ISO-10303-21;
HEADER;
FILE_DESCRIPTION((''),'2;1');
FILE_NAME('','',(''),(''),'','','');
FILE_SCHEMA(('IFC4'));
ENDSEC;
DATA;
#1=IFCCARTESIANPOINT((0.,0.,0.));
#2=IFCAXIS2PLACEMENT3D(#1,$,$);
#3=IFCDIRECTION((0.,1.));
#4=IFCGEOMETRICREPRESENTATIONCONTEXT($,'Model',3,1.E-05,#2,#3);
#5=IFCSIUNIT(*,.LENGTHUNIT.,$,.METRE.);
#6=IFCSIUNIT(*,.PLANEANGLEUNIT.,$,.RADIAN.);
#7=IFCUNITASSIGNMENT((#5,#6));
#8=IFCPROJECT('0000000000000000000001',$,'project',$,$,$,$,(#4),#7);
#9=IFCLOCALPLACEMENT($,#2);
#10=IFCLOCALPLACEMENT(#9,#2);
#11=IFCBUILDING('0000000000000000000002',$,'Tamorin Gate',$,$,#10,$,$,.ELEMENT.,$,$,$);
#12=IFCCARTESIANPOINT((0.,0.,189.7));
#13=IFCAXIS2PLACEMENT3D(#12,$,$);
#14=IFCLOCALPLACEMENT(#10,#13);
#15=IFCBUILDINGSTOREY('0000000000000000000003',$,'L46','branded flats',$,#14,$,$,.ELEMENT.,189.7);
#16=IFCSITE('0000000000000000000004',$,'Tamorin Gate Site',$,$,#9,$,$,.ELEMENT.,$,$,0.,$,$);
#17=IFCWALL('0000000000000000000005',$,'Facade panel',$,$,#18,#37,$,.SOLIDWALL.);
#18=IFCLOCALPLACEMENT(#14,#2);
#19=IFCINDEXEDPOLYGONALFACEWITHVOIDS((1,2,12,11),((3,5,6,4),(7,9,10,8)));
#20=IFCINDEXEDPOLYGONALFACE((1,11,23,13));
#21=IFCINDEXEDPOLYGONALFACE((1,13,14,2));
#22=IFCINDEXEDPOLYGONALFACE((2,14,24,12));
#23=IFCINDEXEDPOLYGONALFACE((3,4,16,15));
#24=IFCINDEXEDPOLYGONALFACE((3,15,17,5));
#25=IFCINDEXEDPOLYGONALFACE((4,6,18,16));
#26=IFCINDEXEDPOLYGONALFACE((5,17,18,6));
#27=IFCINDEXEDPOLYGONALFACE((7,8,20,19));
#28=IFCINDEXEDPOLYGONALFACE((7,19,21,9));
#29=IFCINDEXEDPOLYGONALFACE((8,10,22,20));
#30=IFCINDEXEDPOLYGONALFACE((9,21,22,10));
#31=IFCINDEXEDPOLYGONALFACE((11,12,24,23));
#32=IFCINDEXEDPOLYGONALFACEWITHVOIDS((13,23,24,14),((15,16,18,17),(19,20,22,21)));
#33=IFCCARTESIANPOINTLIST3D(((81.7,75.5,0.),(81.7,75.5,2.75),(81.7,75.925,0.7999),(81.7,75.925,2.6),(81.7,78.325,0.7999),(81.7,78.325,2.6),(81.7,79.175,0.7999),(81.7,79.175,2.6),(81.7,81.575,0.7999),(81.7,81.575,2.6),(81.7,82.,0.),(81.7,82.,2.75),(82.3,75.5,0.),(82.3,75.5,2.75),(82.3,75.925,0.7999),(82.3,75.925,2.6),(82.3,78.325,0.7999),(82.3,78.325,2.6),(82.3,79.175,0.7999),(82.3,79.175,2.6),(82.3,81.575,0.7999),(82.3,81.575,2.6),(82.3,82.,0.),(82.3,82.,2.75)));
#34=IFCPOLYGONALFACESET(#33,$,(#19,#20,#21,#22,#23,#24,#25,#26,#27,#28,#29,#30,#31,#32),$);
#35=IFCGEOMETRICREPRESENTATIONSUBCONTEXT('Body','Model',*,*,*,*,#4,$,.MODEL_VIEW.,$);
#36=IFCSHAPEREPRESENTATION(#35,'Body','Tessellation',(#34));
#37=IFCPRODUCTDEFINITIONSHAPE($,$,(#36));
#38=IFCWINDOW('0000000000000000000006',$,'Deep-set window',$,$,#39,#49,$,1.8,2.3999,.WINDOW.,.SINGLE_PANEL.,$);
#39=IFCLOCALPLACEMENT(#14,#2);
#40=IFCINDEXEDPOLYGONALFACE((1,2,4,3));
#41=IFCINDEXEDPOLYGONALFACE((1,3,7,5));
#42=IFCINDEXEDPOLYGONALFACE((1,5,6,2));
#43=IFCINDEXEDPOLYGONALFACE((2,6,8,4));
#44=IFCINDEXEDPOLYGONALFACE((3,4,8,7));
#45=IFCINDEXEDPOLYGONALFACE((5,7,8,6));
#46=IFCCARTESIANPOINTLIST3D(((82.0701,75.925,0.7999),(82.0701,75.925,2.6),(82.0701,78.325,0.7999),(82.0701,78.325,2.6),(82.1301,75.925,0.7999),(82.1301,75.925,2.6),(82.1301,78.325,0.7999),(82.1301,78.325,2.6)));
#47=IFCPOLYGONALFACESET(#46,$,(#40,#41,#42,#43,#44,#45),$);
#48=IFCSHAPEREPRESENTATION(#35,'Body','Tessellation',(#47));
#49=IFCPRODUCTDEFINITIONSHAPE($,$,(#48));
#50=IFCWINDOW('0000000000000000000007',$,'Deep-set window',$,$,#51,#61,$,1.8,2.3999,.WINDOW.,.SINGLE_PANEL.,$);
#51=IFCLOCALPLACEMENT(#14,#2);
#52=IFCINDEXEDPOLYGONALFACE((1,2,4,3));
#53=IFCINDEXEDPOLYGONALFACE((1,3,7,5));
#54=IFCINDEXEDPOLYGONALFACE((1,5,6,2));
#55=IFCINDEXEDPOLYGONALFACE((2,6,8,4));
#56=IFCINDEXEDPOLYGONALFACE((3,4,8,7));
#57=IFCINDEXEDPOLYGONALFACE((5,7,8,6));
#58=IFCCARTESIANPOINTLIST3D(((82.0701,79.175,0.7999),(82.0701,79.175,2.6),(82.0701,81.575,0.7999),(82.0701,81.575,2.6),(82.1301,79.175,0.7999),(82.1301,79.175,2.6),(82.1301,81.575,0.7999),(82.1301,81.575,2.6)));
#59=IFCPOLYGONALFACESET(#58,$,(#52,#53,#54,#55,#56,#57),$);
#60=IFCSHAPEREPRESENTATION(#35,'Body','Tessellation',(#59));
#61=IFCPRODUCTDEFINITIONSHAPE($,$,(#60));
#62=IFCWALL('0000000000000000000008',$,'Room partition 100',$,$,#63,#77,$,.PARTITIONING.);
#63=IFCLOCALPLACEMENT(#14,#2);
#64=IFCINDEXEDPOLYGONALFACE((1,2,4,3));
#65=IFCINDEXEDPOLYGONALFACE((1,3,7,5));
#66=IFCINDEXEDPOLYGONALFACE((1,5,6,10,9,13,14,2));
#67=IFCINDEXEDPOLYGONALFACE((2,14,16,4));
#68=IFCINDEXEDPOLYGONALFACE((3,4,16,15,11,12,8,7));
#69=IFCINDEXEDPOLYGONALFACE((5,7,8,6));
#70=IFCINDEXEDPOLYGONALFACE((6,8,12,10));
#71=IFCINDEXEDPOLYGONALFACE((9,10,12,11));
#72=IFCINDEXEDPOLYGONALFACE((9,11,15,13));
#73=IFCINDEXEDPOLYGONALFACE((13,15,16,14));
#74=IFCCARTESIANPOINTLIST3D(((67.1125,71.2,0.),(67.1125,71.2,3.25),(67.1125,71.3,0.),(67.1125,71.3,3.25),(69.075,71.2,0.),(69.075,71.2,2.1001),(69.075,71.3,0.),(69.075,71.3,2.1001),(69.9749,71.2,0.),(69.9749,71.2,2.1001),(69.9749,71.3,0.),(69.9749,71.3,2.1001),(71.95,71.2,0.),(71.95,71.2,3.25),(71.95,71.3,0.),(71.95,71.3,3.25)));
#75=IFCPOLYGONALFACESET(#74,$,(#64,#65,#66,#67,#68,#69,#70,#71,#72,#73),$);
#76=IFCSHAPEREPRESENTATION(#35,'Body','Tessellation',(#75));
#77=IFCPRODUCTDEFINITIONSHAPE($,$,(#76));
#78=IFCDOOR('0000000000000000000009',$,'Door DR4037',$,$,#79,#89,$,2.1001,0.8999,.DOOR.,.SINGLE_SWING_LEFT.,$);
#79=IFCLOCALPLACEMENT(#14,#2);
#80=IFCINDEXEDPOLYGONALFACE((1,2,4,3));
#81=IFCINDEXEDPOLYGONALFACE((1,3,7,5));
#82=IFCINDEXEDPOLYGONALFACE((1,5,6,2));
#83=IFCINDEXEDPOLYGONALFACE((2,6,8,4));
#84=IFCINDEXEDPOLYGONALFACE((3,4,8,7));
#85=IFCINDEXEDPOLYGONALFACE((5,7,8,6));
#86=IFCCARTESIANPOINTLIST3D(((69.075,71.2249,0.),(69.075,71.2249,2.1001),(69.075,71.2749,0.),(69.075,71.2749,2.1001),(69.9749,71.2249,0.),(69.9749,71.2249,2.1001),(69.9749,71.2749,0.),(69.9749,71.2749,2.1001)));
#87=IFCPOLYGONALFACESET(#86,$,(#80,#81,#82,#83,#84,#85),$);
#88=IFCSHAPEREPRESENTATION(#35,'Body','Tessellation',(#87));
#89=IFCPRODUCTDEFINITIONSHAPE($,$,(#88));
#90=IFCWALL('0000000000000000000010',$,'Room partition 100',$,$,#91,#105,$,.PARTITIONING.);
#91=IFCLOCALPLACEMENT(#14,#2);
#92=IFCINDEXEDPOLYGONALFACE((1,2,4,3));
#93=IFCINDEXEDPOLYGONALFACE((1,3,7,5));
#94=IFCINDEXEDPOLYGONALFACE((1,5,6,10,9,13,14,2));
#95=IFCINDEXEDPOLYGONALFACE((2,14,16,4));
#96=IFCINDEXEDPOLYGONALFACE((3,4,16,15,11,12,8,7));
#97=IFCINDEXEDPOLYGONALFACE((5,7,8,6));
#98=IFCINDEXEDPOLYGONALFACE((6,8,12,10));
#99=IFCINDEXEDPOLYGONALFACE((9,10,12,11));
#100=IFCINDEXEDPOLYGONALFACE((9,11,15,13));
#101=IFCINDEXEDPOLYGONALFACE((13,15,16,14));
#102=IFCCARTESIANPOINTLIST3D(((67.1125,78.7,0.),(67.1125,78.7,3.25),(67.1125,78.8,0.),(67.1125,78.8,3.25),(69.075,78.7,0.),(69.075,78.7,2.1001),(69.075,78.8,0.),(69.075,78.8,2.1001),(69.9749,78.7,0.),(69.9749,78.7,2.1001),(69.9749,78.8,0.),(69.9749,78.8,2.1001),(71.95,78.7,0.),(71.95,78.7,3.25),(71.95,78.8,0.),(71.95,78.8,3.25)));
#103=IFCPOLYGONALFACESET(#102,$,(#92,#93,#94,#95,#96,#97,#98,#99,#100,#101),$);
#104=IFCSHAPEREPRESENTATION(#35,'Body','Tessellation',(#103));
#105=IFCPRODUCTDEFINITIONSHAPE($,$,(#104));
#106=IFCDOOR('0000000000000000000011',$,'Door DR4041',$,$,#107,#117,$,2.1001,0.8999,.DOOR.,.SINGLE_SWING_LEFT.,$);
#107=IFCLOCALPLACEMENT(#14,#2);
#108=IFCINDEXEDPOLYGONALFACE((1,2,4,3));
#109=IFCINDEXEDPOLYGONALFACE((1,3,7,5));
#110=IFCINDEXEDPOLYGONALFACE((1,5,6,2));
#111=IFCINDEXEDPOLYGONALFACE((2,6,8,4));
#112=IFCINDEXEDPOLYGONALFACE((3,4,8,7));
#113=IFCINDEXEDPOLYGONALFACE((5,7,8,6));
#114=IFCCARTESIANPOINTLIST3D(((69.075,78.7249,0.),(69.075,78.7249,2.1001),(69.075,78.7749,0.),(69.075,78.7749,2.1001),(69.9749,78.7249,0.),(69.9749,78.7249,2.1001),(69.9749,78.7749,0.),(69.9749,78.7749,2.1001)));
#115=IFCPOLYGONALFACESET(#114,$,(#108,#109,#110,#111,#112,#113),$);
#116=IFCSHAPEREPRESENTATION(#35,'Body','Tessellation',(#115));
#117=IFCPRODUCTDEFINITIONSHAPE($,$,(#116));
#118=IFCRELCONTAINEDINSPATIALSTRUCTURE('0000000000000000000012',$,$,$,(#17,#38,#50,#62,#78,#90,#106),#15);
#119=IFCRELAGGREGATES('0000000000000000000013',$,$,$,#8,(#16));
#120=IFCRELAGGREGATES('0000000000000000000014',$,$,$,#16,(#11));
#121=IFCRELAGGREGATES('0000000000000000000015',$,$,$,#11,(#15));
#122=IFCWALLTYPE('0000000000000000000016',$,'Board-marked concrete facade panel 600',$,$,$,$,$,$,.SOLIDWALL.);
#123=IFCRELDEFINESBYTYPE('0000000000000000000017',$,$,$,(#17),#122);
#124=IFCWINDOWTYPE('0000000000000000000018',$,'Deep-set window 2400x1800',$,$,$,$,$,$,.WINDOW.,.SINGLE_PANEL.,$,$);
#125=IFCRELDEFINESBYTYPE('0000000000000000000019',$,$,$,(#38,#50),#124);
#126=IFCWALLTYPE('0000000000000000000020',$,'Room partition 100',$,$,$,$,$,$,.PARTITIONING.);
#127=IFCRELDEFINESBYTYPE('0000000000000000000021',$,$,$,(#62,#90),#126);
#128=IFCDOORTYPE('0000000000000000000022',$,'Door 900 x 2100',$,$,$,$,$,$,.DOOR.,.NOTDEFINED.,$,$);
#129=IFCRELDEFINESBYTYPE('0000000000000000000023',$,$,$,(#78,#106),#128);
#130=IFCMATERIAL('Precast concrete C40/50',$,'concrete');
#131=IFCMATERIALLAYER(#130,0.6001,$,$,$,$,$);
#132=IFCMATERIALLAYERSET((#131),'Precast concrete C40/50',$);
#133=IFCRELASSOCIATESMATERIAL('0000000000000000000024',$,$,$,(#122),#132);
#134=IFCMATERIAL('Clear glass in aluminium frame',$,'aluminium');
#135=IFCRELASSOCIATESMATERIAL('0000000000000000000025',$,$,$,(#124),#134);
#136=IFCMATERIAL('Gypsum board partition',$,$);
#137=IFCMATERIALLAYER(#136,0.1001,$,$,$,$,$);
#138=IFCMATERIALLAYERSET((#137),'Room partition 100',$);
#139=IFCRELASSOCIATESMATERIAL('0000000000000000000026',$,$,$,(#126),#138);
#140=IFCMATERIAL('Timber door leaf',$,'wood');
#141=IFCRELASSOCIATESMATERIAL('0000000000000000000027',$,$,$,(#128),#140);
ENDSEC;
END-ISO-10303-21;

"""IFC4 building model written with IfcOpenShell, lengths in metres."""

from ifc_helpers import new_model, si_unit, direction, frame, frame_2d, origin, place, context, subcontext, project, spatial, rectangle, extrude, material, layer, layer_set, type_object, element, fill, save


model = new_model("IFC4")

# Units and contexts
model_context = context("Model", 3, precision=1e-05, world=origin(), true_north=direction((0.0, 1.0)))
body_context = subcontext(model_context, "Body", "Model", "MODEL_VIEW")
ifc_project = project(units=[si_unit("LENGTHUNIT", "METRE"), si_unit("PLANEANGLEUNIT", "RADIAN")], contexts=[model_context])

# Site, building, storey
site_placement = place(None, origin())
site = spatial("IfcSite", under=ifc_project, at=site_placement, Name="Tamorin Gate Site", CompositionType="ELEMENT", RefElevation=0.0)
building_placement = place(site_placement, origin())
building = spatial("IfcBuilding", under=site, at=building_placement, Name="Tamorin Gate", CompositionType="ELEMENT")
storey_placement = place(building_placement, frame((0.0, 0.0, 189.7)))
storey = spatial("IfcBuildingStorey", under=building, at=storey_placement, Name="L46", Description="branded flats", CompositionType="ELEMENT", Elevation=189.7)

# Wall, openings, windows
ifc_material_1 = material(Name="Precast concrete C40/50", Category="concrete")
ifc_layer_1 = layer(ifc_material_1, 0.6001)
ifc_layer_set_1 = layer_set([ifc_layer_1], Name="Precast concrete C40/50")
wall_type_1 = type_object("IfcWallType", Name="Board-marked concrete facade panel 600", PredefinedType="SOLIDWALL", material=ifc_layer_set_1)
ifc_material_2 = material(Name="Clear glass in aluminium frame", Category="aluminium")
window_type = type_object("IfcWindowType", Name="Deep-set window 2400x1800", PartitioningType="SINGLE_PANEL", PredefinedType="WINDOW", material=ifc_material_2)
wall_1_placement = place(storey_placement, frame((82.0, 75.5, 0.0), z_axis=(0.0, 0.0, 1.0), x_axis=(0.0, 1.0, 0.0)))
wall_1 = element("IfcWall", 1, at=wall_1_placement, inside=storey, type_object=wall_type_1, Name="Facade panel", PredefinedType="SOLIDWALL", context=body_context, shape_type="SweptSolid", body=[
    extrude(rectangle(XDim=6.5, YDim=0.6001, at=frame_2d((3.25, 0.0))), origin(), (0.0, 0.0, 1.0), 2.75),
])
opening_1_placement = place(wall_1_placement, frame((0.425, 0.0, 0.8)))
opening_1 = element("IfcOpeningElement", 2, at=opening_1_placement, cuts=wall_1, PredefinedType="OPENING", context=body_context, shape_type="SweptSolid", body=[
    extrude(rectangle(XDim=2.3999, YDim=1.8, at=frame_2d((1.2, 0.8999))), frame((0.0, 0.3101, 0.0), z_axis=(0.0, -1.0, 0.0), x_axis=(1.0, 0.0, 0.0)), (0.0, 0.0, 1.0), 0.6201),
])
opening_2_placement = place(wall_1_placement, frame((3.675, 0.0, 0.8)))
opening_2 = element("IfcOpeningElement", 3, at=opening_2_placement, cuts=wall_1, PredefinedType="OPENING", context=body_context, shape_type="SweptSolid", body=[
    extrude(rectangle(XDim=2.3999, YDim=1.8, at=frame_2d((1.2, 0.8999))), frame((0.0, 0.3101, 0.0), z_axis=(0.0, -1.0, 0.0), x_axis=(1.0, 0.0, 0.0)), (0.0, 0.0, 1.0), 0.6201),
])
window_1_placement = place(opening_1_placement, origin())
window_1 = element("IfcWindow", 4, at=window_1_placement, inside=storey, type_object=window_type, Name="Deep-set window", OverallHeight=1.8, OverallWidth=2.3999, PartitioningType="SINGLE_PANEL", PredefinedType="WINDOW", context=body_context, shape_type="SweptSolid", body=[
    extrude(rectangle(XDim=2.3999, YDim=1.8, at=frame_2d((1.2, 0.8999))), frame((0.0, -0.0701, 0.0), z_axis=(0.0, -1.0, 0.0), x_axis=(1.0, 0.0, 0.0)), (0.0, 0.0, 1.0), 0.0601),
])
fill(opening_1, window_1)
window_2_placement = place(opening_2_placement, origin())
window_2 = element("IfcWindow", 5, at=window_2_placement, inside=storey, type_object=window_type, Name="Deep-set window", OverallHeight=1.8, OverallWidth=2.3999, PartitioningType="SINGLE_PANEL", PredefinedType="WINDOW", context=body_context, shape_type="SweptSolid", body=[
    extrude(rectangle(XDim=2.3999, YDim=1.8, at=frame_2d((1.2, 0.8999))), frame((0.0, -0.0701, 0.0), z_axis=(0.0, -1.0, 0.0), x_axis=(1.0, 0.0, 0.0)), (0.0, 0.0, 1.0), 0.0601),
])
fill(opening_2, window_2)

# Walls, openings, doors
ifc_material_3 = material(Name="Gypsum board partition")
ifc_layer_2 = layer(ifc_material_3, 0.1001)
ifc_layer_set_2 = layer_set([ifc_layer_2], Name="Room partition 100")
wall_type_2 = type_object("IfcWallType", Name="Room partition 100", PredefinedType="PARTITIONING", material=ifc_layer_set_2)
wall_2_placement = place(storey_placement, frame((67.1125, 71.25, 0.0), z_axis=(0.0, 0.0, 1.0), x_axis=(1.0, 0.0, 0.0)))
wall_2 = element("IfcWall", 6, at=wall_2_placement, inside=storey, type_object=wall_type_2, Name="Room partition 100", PredefinedType="PARTITIONING", context=body_context, shape_type="SweptSolid", body=[
    extrude(rectangle(XDim=4.8374, YDim=0.1001, at=frame_2d((2.4187, 0.0))), origin(), (0.0, 0.0, 1.0), 3.25),
])
opening_3_placement = place(wall_2_placement, frame((1.9624, 0.0, 0.0)))
opening_3 = element("IfcOpeningElement", 7, at=opening_3_placement, cuts=wall_2, PredefinedType="OPENING", context=body_context, shape_type="SweptSolid", body=[
    extrude(rectangle(XDim=0.8999, YDim=2.1001, at=frame_2d((0.45, 1.05))), frame((0.0, 0.0601, 0.0), z_axis=(0.0, -1.0, 0.0), x_axis=(1.0, 0.0, 0.0)), (0.0, 0.0, 1.0), 0.1201),
])
ifc_material_4 = material(Name="Timber door leaf", Category="wood")
door_type = type_object("IfcDoorType", Name="Door 900 x 2100", OperationType="NOTDEFINED", PredefinedType="DOOR", material=ifc_material_4)
door_1_placement = place(opening_3_placement, origin())
door_1 = element("IfcDoor", 8, at=door_1_placement, inside=storey, type_object=door_type, Name="Door DR4037", OperationType="SINGLE_SWING_LEFT", OverallHeight=2.1001, OverallWidth=0.8999, PredefinedType="DOOR", context=body_context, shape_type="SweptSolid", body=[
    extrude(rectangle(XDim=0.8999, YDim=2.1001, at=frame_2d((0.45, 1.05))), frame((0.0, 0.0249, 0.0), z_axis=(0.0, -1.0, 0.0), x_axis=(1.0, 0.0, 0.0)), (0.0, 0.0, 1.0), 0.05),
])
fill(opening_3, door_1)
wall_3_placement = place(storey_placement, frame((67.1125, 78.75, 0.0), z_axis=(0.0, 0.0, 1.0), x_axis=(1.0, 0.0, 0.0)))
wall_3 = element("IfcWall", 9, at=wall_3_placement, inside=storey, type_object=wall_type_2, Name="Room partition 100", PredefinedType="PARTITIONING", context=body_context, shape_type="SweptSolid", body=[
    extrude(rectangle(XDim=4.8374, YDim=0.1001, at=frame_2d((2.4187, 0.0))), origin(), (0.0, 0.0, 1.0), 3.25),
])
opening_4_placement = place(wall_3_placement, frame((1.9624, 0.0, 0.0)))
opening_4 = element("IfcOpeningElement", 10, at=opening_4_placement, cuts=wall_3, PredefinedType="OPENING", context=body_context, shape_type="SweptSolid", body=[
    extrude(rectangle(XDim=0.8999, YDim=2.1001, at=frame_2d((0.45, 1.05))), frame((0.0, 0.0601, 0.0), z_axis=(0.0, -1.0, 0.0), x_axis=(1.0, 0.0, 0.0)), (0.0, 0.0, 1.0), 0.1201),
])
door_2_placement = place(opening_4_placement, origin())
door_2 = element("IfcDoor", 11, at=door_2_placement, inside=storey, type_object=door_type, Name="Door DR4041", OperationType="SINGLE_SWING_LEFT", OverallHeight=2.1001, OverallWidth=0.8999, PredefinedType="DOOR", context=body_context, shape_type="SweptSolid", body=[
    extrude(rectangle(XDim=0.8999, YDim=2.1001, at=frame_2d((0.45, 1.05))), frame((0.0, 0.0249, 0.0), z_axis=(0.0, -1.0, 0.0), x_axis=(1.0, 0.0, 0.0)), (0.0, 0.0, 1.0), 0.05),
])
fill(opening_4, door_2)

save(model, "model.ifc")
